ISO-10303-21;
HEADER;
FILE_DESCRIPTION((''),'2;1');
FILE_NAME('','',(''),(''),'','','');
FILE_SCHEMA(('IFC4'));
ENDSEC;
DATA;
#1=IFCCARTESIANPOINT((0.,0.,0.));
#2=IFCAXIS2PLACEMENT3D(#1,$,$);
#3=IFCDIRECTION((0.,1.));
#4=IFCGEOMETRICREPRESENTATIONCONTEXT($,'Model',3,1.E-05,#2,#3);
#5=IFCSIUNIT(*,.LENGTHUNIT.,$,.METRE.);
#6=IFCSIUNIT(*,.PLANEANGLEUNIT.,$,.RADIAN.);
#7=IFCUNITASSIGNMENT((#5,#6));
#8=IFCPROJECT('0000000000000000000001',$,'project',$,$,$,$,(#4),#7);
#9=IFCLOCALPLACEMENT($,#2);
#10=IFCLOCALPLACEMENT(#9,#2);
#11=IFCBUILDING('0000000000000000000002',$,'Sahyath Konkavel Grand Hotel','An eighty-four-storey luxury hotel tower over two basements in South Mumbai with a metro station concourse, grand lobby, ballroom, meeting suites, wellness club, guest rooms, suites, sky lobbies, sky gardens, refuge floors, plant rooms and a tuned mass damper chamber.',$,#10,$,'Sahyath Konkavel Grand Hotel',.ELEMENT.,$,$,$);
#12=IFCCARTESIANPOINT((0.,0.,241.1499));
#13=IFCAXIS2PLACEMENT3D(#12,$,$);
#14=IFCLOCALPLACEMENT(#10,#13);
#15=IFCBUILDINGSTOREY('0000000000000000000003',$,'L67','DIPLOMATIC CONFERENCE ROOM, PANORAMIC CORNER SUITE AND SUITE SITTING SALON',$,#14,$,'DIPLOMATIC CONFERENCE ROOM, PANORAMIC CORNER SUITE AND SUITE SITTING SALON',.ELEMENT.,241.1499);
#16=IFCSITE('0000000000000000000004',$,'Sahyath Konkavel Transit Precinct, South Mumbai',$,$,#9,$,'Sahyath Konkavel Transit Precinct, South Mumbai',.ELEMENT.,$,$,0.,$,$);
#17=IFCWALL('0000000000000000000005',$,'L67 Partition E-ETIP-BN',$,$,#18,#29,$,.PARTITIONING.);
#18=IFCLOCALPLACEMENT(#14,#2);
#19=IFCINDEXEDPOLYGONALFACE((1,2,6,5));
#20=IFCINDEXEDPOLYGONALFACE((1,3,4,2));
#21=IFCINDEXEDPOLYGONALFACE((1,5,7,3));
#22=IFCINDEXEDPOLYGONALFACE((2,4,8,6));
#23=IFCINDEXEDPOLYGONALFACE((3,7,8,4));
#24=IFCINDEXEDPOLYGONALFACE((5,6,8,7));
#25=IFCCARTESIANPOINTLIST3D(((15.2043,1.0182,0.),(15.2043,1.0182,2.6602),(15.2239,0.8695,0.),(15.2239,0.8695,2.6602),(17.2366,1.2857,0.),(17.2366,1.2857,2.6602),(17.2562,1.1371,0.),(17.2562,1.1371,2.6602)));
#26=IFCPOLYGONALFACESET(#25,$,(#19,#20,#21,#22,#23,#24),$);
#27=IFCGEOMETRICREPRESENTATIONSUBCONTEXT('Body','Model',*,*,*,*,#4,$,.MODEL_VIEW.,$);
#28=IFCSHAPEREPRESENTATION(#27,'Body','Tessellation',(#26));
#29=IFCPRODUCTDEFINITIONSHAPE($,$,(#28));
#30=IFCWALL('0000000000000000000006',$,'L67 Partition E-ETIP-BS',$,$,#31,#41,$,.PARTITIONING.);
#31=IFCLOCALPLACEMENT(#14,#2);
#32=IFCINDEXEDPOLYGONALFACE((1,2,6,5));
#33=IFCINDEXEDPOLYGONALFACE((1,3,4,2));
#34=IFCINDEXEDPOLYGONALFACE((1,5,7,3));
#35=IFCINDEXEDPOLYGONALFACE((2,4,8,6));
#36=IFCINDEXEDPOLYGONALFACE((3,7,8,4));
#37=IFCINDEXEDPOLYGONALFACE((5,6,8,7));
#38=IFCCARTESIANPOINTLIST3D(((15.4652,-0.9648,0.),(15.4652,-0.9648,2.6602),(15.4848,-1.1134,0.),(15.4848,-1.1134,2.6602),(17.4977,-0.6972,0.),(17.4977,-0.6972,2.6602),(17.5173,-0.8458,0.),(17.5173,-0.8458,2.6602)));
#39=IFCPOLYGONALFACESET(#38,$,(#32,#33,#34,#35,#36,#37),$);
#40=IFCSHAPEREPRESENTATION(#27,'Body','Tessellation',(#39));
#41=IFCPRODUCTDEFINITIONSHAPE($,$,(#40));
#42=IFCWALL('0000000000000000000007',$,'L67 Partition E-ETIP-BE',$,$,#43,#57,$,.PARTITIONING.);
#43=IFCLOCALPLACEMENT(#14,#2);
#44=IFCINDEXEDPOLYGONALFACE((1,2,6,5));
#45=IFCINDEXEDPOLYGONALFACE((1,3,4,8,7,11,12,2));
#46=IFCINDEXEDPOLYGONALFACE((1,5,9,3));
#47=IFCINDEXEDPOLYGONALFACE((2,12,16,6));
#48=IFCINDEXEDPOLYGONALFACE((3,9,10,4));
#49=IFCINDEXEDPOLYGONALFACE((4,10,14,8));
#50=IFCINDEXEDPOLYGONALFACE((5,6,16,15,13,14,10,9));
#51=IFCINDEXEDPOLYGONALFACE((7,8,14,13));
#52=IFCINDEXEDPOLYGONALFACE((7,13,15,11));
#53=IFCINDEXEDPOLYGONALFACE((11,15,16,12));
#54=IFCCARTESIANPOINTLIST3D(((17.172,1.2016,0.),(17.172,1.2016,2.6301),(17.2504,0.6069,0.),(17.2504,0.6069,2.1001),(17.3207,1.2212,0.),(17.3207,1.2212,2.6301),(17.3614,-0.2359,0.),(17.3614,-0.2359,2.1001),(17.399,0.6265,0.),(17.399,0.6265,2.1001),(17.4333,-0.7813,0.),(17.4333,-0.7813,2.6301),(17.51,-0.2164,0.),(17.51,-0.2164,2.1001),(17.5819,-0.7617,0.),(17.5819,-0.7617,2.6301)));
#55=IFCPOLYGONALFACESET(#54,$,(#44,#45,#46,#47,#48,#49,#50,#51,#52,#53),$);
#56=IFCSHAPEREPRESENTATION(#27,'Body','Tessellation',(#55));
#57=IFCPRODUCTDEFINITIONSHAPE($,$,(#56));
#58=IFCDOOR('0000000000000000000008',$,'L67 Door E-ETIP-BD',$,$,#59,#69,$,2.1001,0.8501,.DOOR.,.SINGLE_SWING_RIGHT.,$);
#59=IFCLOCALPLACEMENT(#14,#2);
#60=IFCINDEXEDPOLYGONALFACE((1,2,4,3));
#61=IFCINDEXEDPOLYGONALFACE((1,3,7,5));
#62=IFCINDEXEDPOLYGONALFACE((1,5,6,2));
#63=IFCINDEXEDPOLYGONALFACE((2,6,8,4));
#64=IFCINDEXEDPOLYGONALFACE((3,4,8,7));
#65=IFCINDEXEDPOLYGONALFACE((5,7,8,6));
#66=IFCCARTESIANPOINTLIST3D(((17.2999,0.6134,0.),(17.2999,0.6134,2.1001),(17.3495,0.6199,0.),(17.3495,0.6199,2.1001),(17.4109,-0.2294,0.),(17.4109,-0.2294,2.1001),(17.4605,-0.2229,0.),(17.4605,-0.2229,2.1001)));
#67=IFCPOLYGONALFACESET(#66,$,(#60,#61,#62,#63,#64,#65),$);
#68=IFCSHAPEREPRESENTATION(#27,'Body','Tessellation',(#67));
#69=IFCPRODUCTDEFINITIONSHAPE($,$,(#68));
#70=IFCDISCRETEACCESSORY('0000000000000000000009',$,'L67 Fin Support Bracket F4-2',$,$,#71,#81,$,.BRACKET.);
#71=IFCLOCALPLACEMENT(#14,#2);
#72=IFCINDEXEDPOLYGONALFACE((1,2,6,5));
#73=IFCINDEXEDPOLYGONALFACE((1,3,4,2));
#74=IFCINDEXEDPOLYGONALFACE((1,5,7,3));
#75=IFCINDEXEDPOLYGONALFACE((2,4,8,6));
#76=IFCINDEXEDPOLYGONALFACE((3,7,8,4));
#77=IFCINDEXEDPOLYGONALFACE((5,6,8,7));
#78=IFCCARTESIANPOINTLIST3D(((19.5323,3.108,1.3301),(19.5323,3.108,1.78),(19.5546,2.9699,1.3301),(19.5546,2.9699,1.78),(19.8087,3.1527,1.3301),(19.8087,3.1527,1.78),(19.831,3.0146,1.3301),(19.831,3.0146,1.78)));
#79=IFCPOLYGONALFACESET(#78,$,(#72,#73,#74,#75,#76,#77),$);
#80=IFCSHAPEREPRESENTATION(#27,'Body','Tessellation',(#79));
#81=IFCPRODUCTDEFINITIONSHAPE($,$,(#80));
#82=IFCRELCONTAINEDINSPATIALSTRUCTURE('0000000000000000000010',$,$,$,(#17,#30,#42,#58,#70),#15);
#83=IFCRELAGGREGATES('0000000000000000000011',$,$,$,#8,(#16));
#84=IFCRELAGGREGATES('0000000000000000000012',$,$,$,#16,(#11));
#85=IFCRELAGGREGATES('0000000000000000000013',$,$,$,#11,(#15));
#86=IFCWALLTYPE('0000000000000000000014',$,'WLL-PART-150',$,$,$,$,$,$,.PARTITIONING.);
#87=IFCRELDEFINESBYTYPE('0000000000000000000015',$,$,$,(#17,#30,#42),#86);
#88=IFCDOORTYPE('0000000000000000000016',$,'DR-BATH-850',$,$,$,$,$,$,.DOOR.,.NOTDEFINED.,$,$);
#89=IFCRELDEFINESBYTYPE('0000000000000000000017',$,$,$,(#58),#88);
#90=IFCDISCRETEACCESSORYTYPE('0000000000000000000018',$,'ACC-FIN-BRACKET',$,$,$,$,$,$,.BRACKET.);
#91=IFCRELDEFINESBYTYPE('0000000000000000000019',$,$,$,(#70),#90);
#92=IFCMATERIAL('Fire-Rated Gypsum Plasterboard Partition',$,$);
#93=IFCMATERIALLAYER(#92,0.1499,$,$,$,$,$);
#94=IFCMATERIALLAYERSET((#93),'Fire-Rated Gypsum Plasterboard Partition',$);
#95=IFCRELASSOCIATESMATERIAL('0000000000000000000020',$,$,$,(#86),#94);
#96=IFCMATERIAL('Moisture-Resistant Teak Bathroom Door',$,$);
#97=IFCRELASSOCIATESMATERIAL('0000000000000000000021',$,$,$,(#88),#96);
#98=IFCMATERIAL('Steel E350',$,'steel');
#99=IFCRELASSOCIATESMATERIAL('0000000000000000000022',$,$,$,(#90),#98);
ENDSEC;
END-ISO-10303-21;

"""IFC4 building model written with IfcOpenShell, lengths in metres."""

from ifc_helpers import new_model, si_unit, direction, frame, frame_2d, origin, origin_2d, place, context, subcontext, project, spatial, rectangle, extrude, source, transform, mapped, material, layer, layer_set, type_object, element, fill, save


model = new_model("IFC4")

# Units and contexts
model_context = context("Model", 3, precision=1e-05, world=origin(), true_north=direction((0.0, 1.0)))
body_context = subcontext(model_context, "Body", "Model", "MODEL_VIEW")
ifc_project = project(units=[si_unit("LENGTHUNIT", "METRE"), si_unit("PLANEANGLEUNIT", "RADIAN")], contexts=[model_context])

# Site, building, storey
site_placement = place(None, origin())
site = spatial("IfcSite", under=ifc_project, at=site_placement, Name="Sahyath Konkavel Transit Precinct, South Mumbai", LongName="Sahyath Konkavel Transit Precinct, South Mumbai", CompositionType="ELEMENT", RefElevation=0.0)
building_placement = place(site_placement, origin())
building = spatial("IfcBuilding", under=site, at=building_placement, Name="Sahyath Konkavel Grand Hotel", Description="An eighty-four-storey luxury hotel tower over two basements in South Mumbai with a metro station concourse, grand lobby, ballroom, meeting suites, wellness club, guest rooms, suites, sky lobbies, sky gardens, refuge floors, plant rooms and a tuned mass damper chamber.", LongName="Sahyath Konkavel Grand Hotel", CompositionType="ELEMENT")
storey_placement = place(building_placement, frame((0.0, 0.0, 241.1499)))
storey = spatial("IfcBuildingStorey", under=building, at=storey_placement, Name="L67", Description="DIPLOMATIC CONFERENCE ROOM, PANORAMIC CORNER SUITE AND SUITE SITTING SALON", LongName="DIPLOMATIC CONFERENCE ROOM, PANORAMIC CORNER SUITE AND SUITE SITTING SALON", CompositionType="ELEMENT", Elevation=241.1499)

# Shared definitions
ifc_material_1 = material(Name="Steel E350", Category="steel")

# Shared definitions
ifc_material_2 = material(Name="Fire-Rated Gypsum Plasterboard Partition")
ifc_layer_1 = layer(ifc_material_2, 0.1499)
ifc_layer_set_1 = layer_set([ifc_layer_1], Name="Fire-Rated Gypsum Plasterboard Partition")
wall_type_1 = type_object("IfcWallType", Name="WLL-PART-150", PredefinedType="PARTITIONING", material=ifc_layer_set_1)
ifc_material_3 = material(Name="Moisture-Resistant Teak Bathroom Door")
door_type = type_object("IfcDoorType", Name="DR-BATH-850", OperationType="NOTDEFINED", PredefinedType="DOOR", material=ifc_material_3)
shared_shape_1 = source(origin(), body_context, "Body", "SweptSolid", [
    extrude(rectangle(XDim=0.8501, YDim=0.05, at=origin_2d()), origin(), (0.0, 0.0, 1.0), 2.1001),
])

# Walls
wall_1_placement = place(storey_placement, frame((15.2141, 0.9438, 0.0), z_axis=(0.0, 0.0, 1.0), x_axis=(0.991443, 0.130541, 0.0)))
element("IfcWall", 1, at=wall_1_placement, inside=storey, type_object=wall_type_1, Name="L67 Partition E-ETIP-BN", PredefinedType="PARTITIONING", context=body_context, shape_type="SweptSolid", body=[
    extrude(rectangle(XDim=2.0498, YDim=0.1499, at=frame_2d((1.0249, 0.0))), origin(), (0.0, 0.0, 1.0), 2.6602),
])
wall_2_placement = place(storey_placement, frame((15.4751, -1.0391, 0.0), z_axis=(0.0, 0.0, 1.0), x_axis=(0.991445, 0.130525, 0.0)))
element("IfcWall", 2, at=wall_2_placement, inside=storey, type_object=wall_type_1, Name="L67 Partition E-ETIP-BS", PredefinedType="PARTITIONING", context=body_context, shape_type="SweptSolid", body=[
    extrude(rectangle(XDim=2.05, YDim=0.1499, at=frame_2d((1.0249, 0.0))), origin(), (0.0, 0.0, 1.0), 2.6602),
])

# Wall, opening, door
wall_3_placement = place(storey_placement, frame((17.5076, -0.7715, 0.0), z_axis=(0.0, 0.0, 1.0), x_axis=(-0.130612, 0.991434, 0.0)))
wall_3 = element("IfcWall", 3, at=wall_3_placement, inside=storey, type_object=wall_type_1, Name="L67 Partition E-ETIP-BE", PredefinedType="PARTITIONING", context=body_context, shape_type="SweptSolid", body=[
    extrude(rectangle(XDim=2.0, YDim=0.1499, at=frame_2d((1.0, 0.0))), origin(), (0.0, 0.0, 1.0), 2.6301),
])
opening_1_placement = place(wall_3_placement, frame((0.55, 0.0, 0.0)))
opening_1 = element("IfcOpeningElement", 4, at=opening_1_placement, cuts=wall_3, PredefinedType="OPENING", context=body_context, shape_type="SweptSolid", body=[
    extrude(rectangle(XDim=0.8501, YDim=2.1001, at=frame_2d((0.425, 1.05))), frame((0.0, 0.085, 0.0), z_axis=(0.0, -1.0, 0.0), x_axis=(1.0, 0.0, 0.0)), (0.0, 0.0, 1.0), 0.1699),
])
door_1_placement = place(opening_1_placement, frame((0.425, 0.0, 0.0)))
door_1 = element("IfcDoor", 5, at=door_1_placement, inside=storey, type_object=door_type, Name="L67 Door E-ETIP-BD", OperationType="SINGLE_SWING_RIGHT", OverallHeight=2.1001, OverallWidth=0.8501, PredefinedType="DOOR", context=body_context, shape_type="MappedRepresentation", body=[
    mapped(shared_shape_1, transform((0.0, 0.0, 0.0), scale=1.0)),
])
fill(opening_1, door_1)

# Discrete accessory
discrete_accessory_type = type_object("IfcDiscreteAccessoryType", Name="ACC-FIN-BRACKET", PredefinedType="BRACKET", material=ifc_material_1)
shared_shape_2 = source(origin(), body_context, "Body", "SweptSolid", [
    extrude(rectangle(XDim=0.28, YDim=0.1399, at=origin_2d()), origin(), (0.0, 0.0, 1.0), 0.45),
])
discrete_accessory_placement = place(storey_placement, frame((19.6816, 3.0613, 1.3301), z_axis=(0.0, 0.0, 1.0), x_axis=(0.9872, 0.159485, 0.0)))
element("IfcDiscreteAccessory", 6, at=discrete_accessory_placement, inside=storey, type_object=discrete_accessory_type, Name="L67 Fin Support Bracket F4-2", PredefinedType="BRACKET", context=body_context, shape_type="MappedRepresentation", body=[
    mapped(shared_shape_2, transform((0.0, 0.0, 0.0), scale=1.0)),
])

save(model, "model.ifc")
